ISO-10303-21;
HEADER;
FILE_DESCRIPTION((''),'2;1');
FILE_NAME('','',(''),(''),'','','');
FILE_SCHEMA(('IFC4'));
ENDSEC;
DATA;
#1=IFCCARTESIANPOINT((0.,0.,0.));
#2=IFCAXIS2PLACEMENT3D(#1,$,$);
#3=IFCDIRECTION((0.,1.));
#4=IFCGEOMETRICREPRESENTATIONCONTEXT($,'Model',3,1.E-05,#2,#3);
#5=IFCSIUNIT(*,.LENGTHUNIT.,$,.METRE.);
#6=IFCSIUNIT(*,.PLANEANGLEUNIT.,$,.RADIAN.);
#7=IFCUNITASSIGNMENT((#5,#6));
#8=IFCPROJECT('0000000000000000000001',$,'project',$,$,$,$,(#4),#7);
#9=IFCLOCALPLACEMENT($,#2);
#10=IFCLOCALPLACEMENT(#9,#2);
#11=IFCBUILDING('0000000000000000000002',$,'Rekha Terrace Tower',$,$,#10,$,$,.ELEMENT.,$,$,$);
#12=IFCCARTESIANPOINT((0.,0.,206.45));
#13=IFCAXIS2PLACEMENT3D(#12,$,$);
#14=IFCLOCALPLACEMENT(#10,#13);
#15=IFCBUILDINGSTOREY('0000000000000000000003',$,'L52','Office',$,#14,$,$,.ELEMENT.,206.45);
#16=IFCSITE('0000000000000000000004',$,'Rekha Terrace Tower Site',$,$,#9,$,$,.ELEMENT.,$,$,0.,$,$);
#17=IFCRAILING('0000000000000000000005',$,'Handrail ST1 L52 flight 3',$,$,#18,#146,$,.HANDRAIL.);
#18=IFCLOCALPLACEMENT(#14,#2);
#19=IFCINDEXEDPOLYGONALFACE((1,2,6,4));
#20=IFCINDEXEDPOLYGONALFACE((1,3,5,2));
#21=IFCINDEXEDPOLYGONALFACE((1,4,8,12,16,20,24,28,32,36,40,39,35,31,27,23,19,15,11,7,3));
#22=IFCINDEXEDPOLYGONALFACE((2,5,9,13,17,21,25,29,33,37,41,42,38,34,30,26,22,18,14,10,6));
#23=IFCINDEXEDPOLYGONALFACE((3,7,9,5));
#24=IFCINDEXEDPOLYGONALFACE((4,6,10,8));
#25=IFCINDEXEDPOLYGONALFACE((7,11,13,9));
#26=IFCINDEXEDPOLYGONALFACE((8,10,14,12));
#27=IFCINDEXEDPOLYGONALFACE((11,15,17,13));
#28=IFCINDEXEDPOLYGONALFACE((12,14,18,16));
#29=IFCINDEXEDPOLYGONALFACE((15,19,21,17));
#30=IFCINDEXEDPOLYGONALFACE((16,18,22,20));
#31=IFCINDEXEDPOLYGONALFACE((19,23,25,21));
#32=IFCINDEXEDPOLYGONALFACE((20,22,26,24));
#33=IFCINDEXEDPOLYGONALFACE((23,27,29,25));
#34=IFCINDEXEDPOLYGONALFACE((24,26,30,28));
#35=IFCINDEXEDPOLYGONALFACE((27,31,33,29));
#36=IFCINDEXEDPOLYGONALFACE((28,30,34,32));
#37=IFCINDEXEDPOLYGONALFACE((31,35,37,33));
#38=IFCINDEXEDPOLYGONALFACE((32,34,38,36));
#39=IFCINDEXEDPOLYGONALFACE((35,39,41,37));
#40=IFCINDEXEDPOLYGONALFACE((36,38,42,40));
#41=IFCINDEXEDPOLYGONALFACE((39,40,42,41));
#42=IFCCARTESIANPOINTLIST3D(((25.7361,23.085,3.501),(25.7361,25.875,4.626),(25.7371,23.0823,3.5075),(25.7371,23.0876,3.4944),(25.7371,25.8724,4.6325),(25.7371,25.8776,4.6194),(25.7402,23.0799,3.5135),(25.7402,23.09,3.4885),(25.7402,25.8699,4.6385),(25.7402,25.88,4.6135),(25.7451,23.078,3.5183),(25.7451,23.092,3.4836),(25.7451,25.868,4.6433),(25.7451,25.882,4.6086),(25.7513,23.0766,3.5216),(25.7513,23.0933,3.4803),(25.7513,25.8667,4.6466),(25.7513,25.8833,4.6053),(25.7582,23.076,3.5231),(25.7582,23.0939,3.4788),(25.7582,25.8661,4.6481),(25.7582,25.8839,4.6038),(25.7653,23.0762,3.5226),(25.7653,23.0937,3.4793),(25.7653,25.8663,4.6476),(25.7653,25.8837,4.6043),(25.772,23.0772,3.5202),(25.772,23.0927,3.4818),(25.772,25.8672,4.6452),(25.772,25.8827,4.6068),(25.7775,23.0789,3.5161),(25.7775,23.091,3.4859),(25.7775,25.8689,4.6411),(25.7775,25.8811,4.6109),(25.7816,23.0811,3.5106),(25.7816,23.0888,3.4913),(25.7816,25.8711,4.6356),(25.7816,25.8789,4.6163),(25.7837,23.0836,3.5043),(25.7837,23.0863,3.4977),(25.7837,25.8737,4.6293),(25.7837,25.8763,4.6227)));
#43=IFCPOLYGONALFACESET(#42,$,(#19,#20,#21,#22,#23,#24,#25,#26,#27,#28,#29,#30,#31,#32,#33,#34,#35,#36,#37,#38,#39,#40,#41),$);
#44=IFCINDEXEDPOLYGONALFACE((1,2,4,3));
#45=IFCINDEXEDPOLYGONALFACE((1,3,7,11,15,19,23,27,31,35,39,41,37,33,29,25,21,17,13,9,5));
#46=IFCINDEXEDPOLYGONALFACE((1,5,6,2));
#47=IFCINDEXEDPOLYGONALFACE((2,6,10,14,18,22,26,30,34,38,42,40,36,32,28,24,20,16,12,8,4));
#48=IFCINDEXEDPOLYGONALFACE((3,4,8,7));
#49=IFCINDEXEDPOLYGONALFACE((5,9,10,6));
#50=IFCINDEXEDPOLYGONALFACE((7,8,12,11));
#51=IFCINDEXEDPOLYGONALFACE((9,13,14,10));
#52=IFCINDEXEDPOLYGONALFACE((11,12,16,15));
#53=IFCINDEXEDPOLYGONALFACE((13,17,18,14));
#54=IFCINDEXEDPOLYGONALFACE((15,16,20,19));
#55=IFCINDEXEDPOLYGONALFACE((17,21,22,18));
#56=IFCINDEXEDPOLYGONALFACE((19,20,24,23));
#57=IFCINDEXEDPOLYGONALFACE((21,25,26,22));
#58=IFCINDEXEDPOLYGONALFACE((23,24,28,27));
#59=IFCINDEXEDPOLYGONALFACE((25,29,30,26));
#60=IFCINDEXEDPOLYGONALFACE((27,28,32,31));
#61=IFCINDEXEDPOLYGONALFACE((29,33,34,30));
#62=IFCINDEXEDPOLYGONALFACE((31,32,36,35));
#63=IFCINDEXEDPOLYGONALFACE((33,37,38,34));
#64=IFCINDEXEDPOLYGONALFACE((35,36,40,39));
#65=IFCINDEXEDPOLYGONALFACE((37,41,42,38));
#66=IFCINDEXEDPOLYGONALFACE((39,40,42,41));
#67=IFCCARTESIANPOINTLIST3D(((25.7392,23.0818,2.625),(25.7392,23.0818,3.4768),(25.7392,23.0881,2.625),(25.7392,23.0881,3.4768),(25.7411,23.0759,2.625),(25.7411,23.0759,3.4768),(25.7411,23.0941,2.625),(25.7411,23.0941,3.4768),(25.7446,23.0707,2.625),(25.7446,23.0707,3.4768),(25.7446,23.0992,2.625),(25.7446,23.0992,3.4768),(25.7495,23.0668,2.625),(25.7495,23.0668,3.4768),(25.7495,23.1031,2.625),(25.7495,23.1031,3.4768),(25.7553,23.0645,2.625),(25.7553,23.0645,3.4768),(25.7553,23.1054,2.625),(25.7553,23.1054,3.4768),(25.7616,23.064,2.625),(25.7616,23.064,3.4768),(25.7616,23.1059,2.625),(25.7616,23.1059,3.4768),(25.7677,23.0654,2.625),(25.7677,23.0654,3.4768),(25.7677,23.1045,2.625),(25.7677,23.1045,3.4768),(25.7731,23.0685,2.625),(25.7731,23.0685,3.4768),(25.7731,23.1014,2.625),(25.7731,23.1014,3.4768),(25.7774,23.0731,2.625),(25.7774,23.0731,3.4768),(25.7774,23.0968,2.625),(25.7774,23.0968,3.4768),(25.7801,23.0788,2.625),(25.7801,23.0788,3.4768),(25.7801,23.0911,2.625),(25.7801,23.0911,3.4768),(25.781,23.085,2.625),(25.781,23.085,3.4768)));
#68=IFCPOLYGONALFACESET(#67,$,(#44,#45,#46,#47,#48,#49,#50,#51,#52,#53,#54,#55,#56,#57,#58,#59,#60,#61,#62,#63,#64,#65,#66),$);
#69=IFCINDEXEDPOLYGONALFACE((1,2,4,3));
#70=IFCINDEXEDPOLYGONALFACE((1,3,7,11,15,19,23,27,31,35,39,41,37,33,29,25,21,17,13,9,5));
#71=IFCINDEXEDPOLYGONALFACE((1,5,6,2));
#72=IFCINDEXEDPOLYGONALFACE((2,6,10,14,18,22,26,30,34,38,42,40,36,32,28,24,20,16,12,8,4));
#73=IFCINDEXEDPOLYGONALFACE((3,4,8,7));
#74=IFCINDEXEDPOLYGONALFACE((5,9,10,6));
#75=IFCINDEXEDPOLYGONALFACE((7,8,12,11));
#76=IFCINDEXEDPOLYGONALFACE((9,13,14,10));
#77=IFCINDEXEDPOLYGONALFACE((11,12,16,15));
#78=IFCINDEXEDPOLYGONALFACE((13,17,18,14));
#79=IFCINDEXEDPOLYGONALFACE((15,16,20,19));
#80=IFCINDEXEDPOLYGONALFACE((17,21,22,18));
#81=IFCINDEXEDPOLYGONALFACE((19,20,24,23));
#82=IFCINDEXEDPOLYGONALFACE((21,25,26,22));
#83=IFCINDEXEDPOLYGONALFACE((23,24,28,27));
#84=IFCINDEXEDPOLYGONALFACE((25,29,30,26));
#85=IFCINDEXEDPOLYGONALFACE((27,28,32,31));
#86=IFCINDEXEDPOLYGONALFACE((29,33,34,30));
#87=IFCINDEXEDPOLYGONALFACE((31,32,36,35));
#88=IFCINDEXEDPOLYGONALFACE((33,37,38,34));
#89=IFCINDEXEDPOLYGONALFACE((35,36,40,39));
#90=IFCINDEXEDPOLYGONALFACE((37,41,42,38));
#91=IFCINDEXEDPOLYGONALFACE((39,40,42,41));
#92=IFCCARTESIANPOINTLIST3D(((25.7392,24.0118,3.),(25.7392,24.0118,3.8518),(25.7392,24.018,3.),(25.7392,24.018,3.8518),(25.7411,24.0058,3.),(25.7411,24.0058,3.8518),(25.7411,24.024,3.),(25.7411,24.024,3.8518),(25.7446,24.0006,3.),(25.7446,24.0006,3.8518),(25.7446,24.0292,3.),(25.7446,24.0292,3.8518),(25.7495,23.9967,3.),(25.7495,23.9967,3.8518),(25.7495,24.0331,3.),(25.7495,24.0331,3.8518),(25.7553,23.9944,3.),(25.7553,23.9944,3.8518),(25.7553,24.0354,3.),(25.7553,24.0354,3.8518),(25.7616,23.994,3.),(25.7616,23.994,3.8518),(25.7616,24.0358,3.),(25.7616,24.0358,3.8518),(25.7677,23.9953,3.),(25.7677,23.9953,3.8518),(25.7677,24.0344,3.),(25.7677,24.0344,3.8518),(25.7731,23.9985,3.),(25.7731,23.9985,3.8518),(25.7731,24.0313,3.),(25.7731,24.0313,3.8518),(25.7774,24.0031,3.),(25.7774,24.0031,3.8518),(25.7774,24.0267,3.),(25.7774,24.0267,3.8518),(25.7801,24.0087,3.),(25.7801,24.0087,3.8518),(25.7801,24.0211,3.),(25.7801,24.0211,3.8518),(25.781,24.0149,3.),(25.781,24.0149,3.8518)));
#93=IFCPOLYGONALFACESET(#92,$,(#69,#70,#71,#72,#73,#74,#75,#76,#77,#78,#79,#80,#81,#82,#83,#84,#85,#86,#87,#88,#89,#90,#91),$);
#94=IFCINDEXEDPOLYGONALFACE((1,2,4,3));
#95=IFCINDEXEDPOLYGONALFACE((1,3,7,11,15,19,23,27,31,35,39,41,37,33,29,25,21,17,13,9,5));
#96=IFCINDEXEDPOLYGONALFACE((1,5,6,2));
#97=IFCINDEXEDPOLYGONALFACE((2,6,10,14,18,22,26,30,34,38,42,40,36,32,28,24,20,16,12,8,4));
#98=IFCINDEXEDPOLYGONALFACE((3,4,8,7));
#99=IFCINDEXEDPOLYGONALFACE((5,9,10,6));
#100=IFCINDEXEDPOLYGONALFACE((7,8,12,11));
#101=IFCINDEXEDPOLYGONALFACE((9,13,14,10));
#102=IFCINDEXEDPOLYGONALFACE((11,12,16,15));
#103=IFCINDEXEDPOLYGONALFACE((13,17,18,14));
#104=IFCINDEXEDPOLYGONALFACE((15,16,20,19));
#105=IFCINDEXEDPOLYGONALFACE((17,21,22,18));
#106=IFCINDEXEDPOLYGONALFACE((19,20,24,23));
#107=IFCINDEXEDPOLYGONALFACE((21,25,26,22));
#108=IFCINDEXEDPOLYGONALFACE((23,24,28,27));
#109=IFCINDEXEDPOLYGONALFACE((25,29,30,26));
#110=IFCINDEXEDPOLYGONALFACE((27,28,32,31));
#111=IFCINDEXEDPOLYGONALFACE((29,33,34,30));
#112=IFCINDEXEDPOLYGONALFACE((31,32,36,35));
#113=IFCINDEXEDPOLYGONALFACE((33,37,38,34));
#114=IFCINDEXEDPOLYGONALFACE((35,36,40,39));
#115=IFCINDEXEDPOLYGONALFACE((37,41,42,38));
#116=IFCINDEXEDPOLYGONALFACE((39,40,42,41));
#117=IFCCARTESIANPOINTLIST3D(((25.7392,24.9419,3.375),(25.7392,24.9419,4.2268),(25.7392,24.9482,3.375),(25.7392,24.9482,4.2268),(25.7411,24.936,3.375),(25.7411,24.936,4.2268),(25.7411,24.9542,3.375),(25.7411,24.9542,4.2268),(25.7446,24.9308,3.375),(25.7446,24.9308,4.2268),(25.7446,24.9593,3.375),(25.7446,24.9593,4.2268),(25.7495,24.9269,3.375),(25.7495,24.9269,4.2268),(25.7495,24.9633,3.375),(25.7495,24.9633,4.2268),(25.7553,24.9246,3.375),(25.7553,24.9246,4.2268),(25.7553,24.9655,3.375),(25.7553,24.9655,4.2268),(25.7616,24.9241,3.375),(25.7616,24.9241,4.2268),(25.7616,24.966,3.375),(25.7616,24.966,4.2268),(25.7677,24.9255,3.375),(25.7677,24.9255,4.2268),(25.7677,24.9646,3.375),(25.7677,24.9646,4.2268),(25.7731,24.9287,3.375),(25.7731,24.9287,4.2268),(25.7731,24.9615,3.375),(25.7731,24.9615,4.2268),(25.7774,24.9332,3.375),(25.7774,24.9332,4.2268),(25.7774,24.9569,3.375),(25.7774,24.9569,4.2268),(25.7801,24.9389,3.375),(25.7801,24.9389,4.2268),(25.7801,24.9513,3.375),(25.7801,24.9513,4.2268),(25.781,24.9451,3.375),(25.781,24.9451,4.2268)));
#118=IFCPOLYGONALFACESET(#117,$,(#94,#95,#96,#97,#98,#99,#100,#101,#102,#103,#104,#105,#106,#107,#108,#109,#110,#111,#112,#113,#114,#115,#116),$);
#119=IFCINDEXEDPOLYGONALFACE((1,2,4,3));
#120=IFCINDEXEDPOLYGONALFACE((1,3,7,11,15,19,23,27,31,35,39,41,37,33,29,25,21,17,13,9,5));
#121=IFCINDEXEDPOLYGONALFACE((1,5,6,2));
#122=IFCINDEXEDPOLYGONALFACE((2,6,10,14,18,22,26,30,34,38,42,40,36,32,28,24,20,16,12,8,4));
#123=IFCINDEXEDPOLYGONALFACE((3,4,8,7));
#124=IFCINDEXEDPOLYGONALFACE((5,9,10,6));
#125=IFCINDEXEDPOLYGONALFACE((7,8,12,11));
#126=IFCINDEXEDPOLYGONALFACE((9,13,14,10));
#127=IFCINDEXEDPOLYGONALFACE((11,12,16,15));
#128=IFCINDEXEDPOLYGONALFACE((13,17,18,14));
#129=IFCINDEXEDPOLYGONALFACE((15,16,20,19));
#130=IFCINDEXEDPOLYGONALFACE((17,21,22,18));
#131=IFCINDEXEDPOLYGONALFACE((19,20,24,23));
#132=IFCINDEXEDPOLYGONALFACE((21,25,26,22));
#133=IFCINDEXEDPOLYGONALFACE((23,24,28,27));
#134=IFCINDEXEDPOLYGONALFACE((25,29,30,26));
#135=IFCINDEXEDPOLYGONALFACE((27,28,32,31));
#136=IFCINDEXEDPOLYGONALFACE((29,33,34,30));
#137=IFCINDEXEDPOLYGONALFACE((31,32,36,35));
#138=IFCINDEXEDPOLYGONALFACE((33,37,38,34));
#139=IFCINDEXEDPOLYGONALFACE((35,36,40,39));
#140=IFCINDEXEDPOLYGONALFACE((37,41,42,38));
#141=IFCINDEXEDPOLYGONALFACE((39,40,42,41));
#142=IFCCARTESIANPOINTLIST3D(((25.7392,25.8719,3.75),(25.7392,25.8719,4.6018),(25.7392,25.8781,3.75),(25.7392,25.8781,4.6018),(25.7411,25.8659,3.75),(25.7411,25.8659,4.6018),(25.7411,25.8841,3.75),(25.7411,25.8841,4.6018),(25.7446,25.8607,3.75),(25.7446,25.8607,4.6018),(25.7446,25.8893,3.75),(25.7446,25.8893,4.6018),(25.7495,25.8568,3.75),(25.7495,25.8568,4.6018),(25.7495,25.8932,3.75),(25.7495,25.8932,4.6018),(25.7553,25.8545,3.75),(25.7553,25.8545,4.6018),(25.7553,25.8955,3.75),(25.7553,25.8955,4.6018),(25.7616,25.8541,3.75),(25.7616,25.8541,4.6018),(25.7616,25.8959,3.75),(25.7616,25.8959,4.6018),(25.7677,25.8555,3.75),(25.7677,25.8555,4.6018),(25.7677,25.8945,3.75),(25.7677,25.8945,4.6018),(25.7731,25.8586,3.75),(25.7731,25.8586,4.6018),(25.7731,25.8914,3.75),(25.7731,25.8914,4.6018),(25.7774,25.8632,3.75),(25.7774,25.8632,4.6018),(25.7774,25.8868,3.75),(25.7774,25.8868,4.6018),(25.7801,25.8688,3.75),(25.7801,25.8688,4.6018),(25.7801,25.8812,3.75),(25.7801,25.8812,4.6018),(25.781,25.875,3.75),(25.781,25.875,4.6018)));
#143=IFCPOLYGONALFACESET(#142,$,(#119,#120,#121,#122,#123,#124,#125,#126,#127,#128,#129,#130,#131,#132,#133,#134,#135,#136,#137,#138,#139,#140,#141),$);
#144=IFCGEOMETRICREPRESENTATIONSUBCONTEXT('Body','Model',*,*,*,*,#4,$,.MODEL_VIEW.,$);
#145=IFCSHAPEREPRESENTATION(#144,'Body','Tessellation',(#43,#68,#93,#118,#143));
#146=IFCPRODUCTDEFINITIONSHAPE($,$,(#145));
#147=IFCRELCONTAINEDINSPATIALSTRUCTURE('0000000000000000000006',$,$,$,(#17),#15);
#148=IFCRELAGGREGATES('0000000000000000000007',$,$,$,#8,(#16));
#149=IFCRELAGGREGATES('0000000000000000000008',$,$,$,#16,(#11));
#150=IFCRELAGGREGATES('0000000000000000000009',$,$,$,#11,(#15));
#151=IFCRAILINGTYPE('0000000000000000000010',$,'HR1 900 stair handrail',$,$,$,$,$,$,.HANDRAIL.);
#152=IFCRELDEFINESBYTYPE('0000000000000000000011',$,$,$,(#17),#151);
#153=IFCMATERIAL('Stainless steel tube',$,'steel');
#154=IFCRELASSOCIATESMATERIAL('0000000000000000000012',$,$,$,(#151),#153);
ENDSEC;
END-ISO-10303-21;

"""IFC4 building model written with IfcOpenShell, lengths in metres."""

from ifc_helpers import new_model, si_unit, direction, frame, origin, origin_2d, place, context, subcontext, project, spatial, circle, extrude, material, type_object, element, save


model = new_model("IFC4")

# Units and contexts
model_context = context("Model", 3, precision=1e-05, world=origin(), true_north=direction((0.0, 1.0)))
body_context = subcontext(model_context, "Body", "Model", "MODEL_VIEW")
ifc_project = project(units=[si_unit("LENGTHUNIT", "METRE"), si_unit("PLANEANGLEUNIT", "RADIAN")], contexts=[model_context])

# Site, building, storey
site_placement = place(None, origin())
site = spatial("IfcSite", under=ifc_project, at=site_placement, Name="Rekha Terrace Tower Site", CompositionType="ELEMENT", RefElevation=0.0)
building_placement = place(site_placement, origin())
building = spatial("IfcBuilding", under=site, at=building_placement, Name="Rekha Terrace Tower", CompositionType="ELEMENT")
storey_placement = place(building_placement, frame((0.0, 0.0, 206.45)))
storey = spatial("IfcBuildingStorey", under=building, at=storey_placement, Name="L52", Description="Office", CompositionType="ELEMENT", Elevation=206.45)

# Railing
ifc_material_1 = material(Name="Stainless steel tube", Category="steel")
railing_type_1 = type_object("IfcRailingType", Name="HR1 900 stair handrail", PredefinedType="HANDRAIL", material=ifc_material_1)
railing_1_placement = place(storey_placement, frame((25.76, 23.085, 2.625)))
element("IfcRailing", 1, at=railing_1_placement, inside=storey, type_object=railing_type_1, Name="Handrail ST1 L52 flight 3", PredefinedType="HANDRAIL", context=body_context, shape_type="SweptSolid", body=[
    extrude(circle(Radius=0.0239, at=origin_2d()), frame((0.0, 0.0, 0.876), z_axis=(0.0, 0.927443, 0.373964), x_axis=(-1.0, 0.0, 0.0)), (0.0, 0.0, 1.0), 3.0083),
    extrude(circle(Radius=0.021, at=origin_2d()), origin(), (0.0, 0.0, 1.0), 0.8518),
    extrude(circle(Radius=0.021, at=origin_2d()), frame((0.0, 0.9299, 0.375)), (0.0, 0.0, 1.0), 0.8518),
    extrude(circle(Radius=0.021, at=origin_2d()), frame((0.0, 1.8601, 0.75)), (0.0, 0.0, 1.0), 0.8518),
    extrude(circle(Radius=0.021, at=origin_2d()), frame((0.0, 2.79, 1.125)), (0.0, 0.0, 1.0), 0.8518),
])

save(model, "model.ifc")
